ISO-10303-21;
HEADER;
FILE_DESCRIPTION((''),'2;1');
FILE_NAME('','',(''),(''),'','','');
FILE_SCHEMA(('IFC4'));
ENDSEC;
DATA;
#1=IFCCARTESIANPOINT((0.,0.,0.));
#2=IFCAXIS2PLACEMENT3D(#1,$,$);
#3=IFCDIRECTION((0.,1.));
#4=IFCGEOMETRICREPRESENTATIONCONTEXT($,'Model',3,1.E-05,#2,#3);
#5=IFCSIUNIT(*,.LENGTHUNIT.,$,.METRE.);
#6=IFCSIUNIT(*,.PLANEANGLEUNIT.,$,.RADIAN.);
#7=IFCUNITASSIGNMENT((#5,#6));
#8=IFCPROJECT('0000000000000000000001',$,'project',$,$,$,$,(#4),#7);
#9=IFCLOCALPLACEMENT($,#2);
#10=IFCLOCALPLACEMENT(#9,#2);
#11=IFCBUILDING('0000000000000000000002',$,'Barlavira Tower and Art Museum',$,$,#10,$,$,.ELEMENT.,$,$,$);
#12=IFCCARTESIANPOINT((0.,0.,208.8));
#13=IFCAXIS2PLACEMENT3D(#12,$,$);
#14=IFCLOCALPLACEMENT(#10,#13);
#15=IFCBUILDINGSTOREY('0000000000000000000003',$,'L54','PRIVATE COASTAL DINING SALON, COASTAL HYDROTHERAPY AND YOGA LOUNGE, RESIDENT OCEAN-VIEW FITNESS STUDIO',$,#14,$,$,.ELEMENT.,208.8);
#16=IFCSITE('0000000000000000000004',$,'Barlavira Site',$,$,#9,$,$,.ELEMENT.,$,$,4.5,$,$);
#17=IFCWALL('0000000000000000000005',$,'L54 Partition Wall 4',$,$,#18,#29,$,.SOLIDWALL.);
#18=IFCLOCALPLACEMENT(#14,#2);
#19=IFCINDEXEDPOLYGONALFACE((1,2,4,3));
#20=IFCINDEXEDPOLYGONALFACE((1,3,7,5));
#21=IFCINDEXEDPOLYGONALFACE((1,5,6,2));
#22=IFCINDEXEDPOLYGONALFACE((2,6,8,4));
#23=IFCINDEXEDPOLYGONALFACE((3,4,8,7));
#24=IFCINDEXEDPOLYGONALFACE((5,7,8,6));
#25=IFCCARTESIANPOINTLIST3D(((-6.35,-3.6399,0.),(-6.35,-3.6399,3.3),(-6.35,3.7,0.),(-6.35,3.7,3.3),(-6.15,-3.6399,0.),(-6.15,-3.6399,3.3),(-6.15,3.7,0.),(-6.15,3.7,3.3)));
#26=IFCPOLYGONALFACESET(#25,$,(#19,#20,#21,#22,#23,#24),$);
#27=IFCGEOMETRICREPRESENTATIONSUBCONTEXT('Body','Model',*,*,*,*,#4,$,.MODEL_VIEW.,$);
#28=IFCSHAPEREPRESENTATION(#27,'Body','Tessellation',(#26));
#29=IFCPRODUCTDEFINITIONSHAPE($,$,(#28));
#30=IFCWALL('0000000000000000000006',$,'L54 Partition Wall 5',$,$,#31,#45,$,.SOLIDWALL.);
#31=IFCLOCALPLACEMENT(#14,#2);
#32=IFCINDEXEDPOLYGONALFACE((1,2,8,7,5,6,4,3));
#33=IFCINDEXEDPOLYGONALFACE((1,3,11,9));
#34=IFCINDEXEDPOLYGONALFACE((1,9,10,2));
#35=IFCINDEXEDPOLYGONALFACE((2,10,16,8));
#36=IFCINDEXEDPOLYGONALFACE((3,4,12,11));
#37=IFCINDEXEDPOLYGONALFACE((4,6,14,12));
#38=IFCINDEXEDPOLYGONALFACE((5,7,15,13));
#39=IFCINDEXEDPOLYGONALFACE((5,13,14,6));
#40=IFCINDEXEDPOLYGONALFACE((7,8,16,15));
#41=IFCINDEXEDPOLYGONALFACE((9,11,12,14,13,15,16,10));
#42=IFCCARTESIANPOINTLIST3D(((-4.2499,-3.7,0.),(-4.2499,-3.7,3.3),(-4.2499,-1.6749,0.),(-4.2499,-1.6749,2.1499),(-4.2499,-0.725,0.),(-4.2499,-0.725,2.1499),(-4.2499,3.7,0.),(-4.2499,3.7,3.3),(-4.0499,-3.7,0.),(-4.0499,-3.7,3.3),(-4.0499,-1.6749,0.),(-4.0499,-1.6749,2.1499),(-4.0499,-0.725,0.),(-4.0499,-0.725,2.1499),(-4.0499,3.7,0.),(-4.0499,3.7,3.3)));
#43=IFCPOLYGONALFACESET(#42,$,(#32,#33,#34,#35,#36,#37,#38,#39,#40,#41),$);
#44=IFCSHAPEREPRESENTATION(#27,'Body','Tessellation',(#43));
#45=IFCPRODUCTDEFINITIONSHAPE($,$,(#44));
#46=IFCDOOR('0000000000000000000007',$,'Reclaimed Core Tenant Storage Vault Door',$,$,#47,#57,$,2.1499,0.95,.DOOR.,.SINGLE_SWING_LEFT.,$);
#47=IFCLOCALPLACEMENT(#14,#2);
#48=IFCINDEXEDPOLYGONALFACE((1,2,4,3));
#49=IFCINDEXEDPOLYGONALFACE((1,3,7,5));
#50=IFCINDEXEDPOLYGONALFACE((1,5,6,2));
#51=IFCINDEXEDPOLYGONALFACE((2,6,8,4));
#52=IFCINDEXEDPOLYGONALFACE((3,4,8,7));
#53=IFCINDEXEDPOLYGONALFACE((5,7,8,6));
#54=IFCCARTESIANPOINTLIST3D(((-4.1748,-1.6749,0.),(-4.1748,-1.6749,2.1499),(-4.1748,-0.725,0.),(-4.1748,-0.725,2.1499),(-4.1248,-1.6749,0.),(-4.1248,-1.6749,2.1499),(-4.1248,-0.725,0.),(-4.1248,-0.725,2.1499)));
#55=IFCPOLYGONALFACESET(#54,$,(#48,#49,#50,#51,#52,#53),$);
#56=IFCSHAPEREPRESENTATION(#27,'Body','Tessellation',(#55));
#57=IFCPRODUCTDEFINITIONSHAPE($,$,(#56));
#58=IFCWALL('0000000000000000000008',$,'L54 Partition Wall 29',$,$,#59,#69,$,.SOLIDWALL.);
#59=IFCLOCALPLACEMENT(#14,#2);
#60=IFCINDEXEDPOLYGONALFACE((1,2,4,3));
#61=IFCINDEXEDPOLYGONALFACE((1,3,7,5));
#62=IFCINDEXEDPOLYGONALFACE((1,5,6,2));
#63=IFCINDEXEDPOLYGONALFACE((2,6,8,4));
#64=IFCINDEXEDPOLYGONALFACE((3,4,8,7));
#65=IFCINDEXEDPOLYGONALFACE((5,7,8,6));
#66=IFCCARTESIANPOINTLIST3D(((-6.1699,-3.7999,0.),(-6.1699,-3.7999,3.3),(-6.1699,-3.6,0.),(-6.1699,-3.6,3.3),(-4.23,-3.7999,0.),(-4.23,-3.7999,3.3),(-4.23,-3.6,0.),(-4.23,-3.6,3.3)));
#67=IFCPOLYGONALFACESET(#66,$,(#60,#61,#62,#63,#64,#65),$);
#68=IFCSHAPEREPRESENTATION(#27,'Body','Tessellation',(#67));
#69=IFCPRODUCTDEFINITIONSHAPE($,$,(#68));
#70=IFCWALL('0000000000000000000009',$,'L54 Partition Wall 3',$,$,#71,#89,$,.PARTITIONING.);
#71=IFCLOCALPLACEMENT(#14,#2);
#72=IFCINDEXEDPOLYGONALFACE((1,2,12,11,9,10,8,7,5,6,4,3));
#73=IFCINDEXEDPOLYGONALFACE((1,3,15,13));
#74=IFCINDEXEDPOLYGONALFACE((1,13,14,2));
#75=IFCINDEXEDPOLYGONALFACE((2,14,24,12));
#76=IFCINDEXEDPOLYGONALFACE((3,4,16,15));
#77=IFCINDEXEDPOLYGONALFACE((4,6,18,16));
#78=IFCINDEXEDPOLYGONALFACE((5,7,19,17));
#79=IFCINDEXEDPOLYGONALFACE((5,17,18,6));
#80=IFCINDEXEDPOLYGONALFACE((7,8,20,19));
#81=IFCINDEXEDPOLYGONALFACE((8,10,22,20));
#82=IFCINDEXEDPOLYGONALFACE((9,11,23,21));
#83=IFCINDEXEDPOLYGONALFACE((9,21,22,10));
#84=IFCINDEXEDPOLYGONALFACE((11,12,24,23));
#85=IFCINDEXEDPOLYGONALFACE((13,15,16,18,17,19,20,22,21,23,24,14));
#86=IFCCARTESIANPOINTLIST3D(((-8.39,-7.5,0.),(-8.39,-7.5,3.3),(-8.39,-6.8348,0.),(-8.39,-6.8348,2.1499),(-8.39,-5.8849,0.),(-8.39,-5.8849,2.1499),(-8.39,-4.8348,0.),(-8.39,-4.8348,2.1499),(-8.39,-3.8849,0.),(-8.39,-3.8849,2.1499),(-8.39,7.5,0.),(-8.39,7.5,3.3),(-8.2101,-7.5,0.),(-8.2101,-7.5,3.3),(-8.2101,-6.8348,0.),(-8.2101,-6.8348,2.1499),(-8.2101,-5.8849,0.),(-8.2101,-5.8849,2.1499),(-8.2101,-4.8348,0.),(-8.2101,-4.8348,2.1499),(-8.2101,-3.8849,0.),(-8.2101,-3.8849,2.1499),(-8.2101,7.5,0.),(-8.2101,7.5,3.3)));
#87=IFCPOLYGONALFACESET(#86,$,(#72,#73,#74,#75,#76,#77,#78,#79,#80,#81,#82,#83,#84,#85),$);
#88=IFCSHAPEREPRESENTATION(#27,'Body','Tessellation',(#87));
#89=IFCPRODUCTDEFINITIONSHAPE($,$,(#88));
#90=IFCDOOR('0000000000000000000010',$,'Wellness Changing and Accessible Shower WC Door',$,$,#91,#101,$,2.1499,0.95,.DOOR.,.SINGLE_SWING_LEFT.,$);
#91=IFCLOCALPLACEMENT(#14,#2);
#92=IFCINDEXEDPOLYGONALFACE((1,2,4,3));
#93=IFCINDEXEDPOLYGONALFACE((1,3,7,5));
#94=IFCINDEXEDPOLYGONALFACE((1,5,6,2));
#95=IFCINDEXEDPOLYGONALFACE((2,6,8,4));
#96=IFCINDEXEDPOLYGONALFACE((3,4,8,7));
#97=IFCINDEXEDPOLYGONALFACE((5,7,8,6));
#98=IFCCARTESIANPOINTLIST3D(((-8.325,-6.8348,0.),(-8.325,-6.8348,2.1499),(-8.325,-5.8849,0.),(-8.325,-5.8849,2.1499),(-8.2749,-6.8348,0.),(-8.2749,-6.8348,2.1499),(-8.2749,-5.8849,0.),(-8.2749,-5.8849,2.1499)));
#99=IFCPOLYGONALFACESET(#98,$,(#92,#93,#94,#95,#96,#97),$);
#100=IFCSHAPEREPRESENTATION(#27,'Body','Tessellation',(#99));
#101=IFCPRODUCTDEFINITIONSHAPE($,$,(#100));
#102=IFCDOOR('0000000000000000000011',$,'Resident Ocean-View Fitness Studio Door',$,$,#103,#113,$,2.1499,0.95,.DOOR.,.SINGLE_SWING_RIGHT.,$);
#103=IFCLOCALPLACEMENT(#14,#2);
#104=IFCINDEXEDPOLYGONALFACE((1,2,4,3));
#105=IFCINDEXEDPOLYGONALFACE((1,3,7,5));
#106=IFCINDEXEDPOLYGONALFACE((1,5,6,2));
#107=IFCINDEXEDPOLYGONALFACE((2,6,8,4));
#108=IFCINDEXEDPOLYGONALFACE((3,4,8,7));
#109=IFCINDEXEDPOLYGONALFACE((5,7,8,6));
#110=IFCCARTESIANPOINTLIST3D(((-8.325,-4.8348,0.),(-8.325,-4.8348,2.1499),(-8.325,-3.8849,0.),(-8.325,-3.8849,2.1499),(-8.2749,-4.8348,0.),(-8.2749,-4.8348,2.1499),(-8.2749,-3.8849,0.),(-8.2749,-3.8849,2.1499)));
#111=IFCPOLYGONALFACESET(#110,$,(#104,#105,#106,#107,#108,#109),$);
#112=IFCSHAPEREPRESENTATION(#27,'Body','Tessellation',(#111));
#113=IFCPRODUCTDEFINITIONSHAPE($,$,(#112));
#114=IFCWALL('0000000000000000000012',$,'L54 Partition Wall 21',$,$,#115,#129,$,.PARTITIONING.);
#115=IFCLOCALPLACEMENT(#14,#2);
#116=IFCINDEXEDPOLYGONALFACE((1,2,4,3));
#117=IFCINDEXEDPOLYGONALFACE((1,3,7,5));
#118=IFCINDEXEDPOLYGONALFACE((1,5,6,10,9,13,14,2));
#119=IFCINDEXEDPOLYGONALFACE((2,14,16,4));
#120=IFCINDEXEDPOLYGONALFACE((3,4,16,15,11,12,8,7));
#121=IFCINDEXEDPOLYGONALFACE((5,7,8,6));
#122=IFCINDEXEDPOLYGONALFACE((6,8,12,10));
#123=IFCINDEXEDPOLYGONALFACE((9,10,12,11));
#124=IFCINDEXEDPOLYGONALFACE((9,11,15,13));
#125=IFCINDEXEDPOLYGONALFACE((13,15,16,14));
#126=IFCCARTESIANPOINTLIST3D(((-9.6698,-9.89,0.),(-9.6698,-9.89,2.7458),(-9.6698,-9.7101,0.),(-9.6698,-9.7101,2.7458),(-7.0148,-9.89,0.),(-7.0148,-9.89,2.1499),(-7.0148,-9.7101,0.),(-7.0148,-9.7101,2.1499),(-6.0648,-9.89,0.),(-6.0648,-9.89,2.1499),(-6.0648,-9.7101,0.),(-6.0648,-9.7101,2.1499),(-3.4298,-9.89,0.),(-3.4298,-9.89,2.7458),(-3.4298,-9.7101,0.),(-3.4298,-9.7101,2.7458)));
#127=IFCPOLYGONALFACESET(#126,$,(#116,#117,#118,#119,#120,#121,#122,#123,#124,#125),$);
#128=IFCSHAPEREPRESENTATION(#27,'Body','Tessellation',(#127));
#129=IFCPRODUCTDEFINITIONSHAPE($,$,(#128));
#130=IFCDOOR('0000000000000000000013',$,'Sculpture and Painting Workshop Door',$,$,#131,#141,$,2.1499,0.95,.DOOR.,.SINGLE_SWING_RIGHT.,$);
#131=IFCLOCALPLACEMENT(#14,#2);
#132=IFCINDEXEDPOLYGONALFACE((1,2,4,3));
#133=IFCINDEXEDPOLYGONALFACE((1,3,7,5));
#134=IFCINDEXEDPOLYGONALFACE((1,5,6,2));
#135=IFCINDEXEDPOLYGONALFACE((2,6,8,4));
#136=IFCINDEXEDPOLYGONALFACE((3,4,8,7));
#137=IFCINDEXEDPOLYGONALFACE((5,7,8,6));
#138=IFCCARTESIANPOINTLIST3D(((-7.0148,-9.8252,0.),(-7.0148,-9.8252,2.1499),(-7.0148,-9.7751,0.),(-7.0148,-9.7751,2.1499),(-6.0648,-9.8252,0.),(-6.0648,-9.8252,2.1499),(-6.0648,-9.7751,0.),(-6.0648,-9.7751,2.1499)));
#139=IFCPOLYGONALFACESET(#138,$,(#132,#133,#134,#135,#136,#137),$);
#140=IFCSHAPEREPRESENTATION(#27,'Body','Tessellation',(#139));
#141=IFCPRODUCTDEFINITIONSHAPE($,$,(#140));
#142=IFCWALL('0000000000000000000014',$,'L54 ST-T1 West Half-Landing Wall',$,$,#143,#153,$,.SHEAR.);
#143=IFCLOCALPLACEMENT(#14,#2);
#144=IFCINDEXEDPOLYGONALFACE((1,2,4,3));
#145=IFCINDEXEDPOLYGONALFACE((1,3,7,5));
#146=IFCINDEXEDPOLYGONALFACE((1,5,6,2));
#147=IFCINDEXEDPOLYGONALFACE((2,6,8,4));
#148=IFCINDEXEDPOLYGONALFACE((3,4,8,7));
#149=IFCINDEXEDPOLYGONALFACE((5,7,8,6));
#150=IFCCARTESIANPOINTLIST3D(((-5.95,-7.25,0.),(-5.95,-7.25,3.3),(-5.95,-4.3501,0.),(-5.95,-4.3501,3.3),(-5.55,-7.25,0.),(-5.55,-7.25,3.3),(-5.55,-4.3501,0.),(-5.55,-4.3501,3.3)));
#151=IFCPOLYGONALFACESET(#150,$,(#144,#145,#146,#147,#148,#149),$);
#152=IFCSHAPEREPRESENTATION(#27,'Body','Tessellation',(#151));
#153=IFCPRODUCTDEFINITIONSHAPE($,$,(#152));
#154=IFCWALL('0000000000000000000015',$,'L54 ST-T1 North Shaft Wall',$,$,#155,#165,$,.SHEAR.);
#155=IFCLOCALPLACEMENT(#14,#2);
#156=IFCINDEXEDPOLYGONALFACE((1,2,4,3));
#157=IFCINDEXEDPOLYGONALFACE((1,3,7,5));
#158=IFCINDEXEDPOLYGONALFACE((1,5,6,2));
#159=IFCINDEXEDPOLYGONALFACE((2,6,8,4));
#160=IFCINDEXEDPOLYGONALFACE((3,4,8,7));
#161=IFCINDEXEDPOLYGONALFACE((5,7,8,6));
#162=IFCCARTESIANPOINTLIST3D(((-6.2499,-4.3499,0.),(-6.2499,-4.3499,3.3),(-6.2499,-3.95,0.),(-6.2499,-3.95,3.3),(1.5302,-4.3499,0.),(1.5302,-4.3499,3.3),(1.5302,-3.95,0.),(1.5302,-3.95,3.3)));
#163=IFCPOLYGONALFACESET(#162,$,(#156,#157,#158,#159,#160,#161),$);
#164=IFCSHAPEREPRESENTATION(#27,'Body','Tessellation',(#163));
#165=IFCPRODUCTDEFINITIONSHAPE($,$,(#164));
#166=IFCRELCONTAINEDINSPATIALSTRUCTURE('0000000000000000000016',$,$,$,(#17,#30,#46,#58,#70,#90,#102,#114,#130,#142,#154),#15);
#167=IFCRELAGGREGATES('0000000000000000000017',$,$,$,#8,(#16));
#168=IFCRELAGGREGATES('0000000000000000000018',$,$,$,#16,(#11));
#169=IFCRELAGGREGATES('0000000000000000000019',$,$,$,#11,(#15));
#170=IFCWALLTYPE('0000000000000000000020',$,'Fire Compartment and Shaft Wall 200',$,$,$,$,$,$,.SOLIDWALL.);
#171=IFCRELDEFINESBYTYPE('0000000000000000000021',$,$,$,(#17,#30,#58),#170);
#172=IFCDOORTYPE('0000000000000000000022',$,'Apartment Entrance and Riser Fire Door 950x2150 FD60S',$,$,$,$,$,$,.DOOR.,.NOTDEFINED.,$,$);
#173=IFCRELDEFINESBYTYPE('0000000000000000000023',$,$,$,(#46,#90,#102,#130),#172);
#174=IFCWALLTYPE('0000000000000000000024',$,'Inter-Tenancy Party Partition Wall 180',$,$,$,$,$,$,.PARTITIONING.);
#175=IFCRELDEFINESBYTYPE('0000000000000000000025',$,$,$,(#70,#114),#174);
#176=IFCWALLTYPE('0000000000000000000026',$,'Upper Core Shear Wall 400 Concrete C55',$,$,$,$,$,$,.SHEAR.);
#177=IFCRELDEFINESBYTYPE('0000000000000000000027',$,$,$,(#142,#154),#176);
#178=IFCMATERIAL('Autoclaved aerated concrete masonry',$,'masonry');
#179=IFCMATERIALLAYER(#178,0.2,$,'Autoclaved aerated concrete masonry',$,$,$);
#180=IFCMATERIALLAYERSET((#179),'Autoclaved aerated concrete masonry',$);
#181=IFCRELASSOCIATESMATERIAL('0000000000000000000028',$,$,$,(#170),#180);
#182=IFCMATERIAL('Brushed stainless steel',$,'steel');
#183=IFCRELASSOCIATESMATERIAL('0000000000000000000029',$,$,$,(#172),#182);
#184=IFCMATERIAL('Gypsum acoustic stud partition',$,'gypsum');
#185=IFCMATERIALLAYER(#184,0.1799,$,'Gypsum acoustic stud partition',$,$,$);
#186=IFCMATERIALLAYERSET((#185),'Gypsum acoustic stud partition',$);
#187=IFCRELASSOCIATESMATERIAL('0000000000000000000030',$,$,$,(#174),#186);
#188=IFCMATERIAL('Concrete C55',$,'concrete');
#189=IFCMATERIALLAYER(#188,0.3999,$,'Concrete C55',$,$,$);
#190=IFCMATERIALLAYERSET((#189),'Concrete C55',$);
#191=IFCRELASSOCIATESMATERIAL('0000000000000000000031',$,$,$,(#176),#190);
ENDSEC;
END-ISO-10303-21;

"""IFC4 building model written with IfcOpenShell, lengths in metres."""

from ifc_helpers import new_model, si_unit, direction, frame, frame_2d, origin, place, context, subcontext, project, spatial, rectangle, extrude, material, layer, layer_set, type_object, element, fill, save


model = new_model("IFC4")

# Units and contexts
model_context = context("Model", 3, precision=1e-05, world=origin(), true_north=direction((0.0, 1.0)))
body_context = subcontext(model_context, "Body", "Model", "MODEL_VIEW")
ifc_project = project(units=[si_unit("LENGTHUNIT", "METRE"), si_unit("PLANEANGLEUNIT", "RADIAN")], contexts=[model_context])

# Site, building, storey
site_placement = place(None, origin())
site = spatial("IfcSite", under=ifc_project, at=site_placement, Name="Barlavira Site", CompositionType="ELEMENT", RefElevation=4.5)
building_placement = place(site_placement, origin())
building = spatial("IfcBuilding", under=site, at=building_placement, Name="Barlavira Tower and Art Museum", CompositionType="ELEMENT")
storey_placement = place(building_placement, frame((0.0, 0.0, 208.8)))
storey = spatial("IfcBuildingStorey", under=building, at=storey_placement, Name="L54", Description="PRIVATE COASTAL DINING SALON, COASTAL HYDROTHERAPY AND YOGA LOUNGE, RESIDENT OCEAN-VIEW FITNESS STUDIO", CompositionType="ELEMENT", Elevation=208.8)

# Wall
ifc_material_1 = material(Name="Autoclaved aerated concrete masonry", Category="masonry")
ifc_layer_1 = layer(ifc_material_1, 0.2, Name="Autoclaved aerated concrete masonry")
ifc_layer_set_1 = layer_set([ifc_layer_1], Name="Autoclaved aerated concrete masonry")
wall_type_1 = type_object("IfcWallType", Name="Fire Compartment and Shaft Wall 200", PredefinedType="SOLIDWALL", material=ifc_layer_set_1)
wall_1_placement = place(storey_placement, frame((-6.25, -3.6399, 0.0), z_axis=(0.0, 0.0, 1.0), x_axis=(0.0, 1.0, 0.0)))
element("IfcWall", 1, at=wall_1_placement, inside=storey, type_object=wall_type_1, Name="L54 Partition Wall 4", PredefinedType="SOLIDWALL", context=body_context, shape_type="SweptSolid", body=[
    extrude(rectangle(XDim=7.3398, YDim=0.2, at=frame_2d((3.6699, 0.0))), origin(), (0.0, 0.0, 1.0), 3.3),
])

# Wall, opening, door
wall_2_placement = place(storey_placement, frame((-4.1499, -3.7, 0.0), z_axis=(0.0, 0.0, 1.0), x_axis=(0.0, 1.0, 0.0)))
wall_2 = element("IfcWall", 2, at=wall_2_placement, inside=storey, type_object=wall_type_1, Name="L54 Partition Wall 5", PredefinedType="SOLIDWALL", context=body_context, shape_type="SweptSolid", body=[
    extrude(rectangle(XDim=7.3999, YDim=0.2, at=frame_2d((3.7, 0.0))), origin(), (0.0, 0.0, 1.0), 3.3),
])
opening_1_placement = place(wall_2_placement, frame((2.0249, 0.0, 0.0)))
opening_1 = element("IfcOpeningElement", 3, at=opening_1_placement, cuts=wall_2, PredefinedType="OPENING", context=body_context, shape_type="SweptSolid", body=[
    extrude(rectangle(XDim=0.95, YDim=2.1499, at=frame_2d((0.4751, 1.075))), frame((0.0, 0.1099, 0.0), z_axis=(0.0, -1.0, 0.0), x_axis=(1.0, 0.0, 0.0)), (0.0, 0.0, 1.0), 0.22),
])
ifc_material_2 = material(Name="Brushed stainless steel", Category="steel")
door_type = type_object("IfcDoorType", Name="Apartment Entrance and Riser Fire Door 950x2150 FD60S", OperationType="NOTDEFINED", PredefinedType="DOOR", material=ifc_material_2)
door_1_placement = place(opening_1_placement, origin())
door_1 = element("IfcDoor", 4, at=door_1_placement, inside=storey, type_object=door_type, Name="Reclaimed Core Tenant Storage Vault Door", OperationType="SINGLE_SWING_LEFT", OverallHeight=2.1499, OverallWidth=0.95, PredefinedType="DOOR", context=body_context, shape_type="SweptSolid", body=[
    extrude(rectangle(XDim=0.95, YDim=2.1499, at=frame_2d((0.4751, 1.075))), frame((0.0, 0.0249, 0.0), z_axis=(0.0, -1.0, 0.0), x_axis=(1.0, 0.0, 0.0)), (0.0, 0.0, 1.0), 0.05),
])
fill(opening_1, door_1)

# Wall
wall_3_placement = place(storey_placement, frame((-6.1699, -3.7, 0.0), z_axis=(0.0, 0.0, 1.0), x_axis=(1.0, 0.0, 0.0)))
element("IfcWall", 5, at=wall_3_placement, inside=storey, type_object=wall_type_1, Name="L54 Partition Wall 29", PredefinedType="SOLIDWALL", context=body_context, shape_type="SweptSolid", body=[
    extrude(rectangle(XDim=1.9399, YDim=0.2, at=frame_2d((0.97, 0.0))), origin(), (0.0, 0.0, 1.0), 3.3),
])

# Wall, openings, doors
ifc_material_3 = material(Name="Gypsum acoustic stud partition", Category="gypsum")
ifc_layer_2 = layer(ifc_material_3, 0.1799, Name="Gypsum acoustic stud partition")
ifc_layer_set_2 = layer_set([ifc_layer_2], Name="Gypsum acoustic stud partition")
wall_type_2 = type_object("IfcWallType", Name="Inter-Tenancy Party Partition Wall 180", PredefinedType="PARTITIONING", material=ifc_layer_set_2)
wall_4_placement = place(storey_placement, frame((-8.3, -7.5, 0.0), z_axis=(0.0, 0.0, 1.0), x_axis=(0.0, 1.0, 0.0)))
wall_4 = element("IfcWall", 6, at=wall_4_placement, inside=storey, type_object=wall_type_2, Name="L54 Partition Wall 3", PredefinedType="PARTITIONING", context=body_context, shape_type="SweptSolid", body=[
    extrude(rectangle(XDim=15.0, YDim=0.1799, at=frame_2d((7.5, 0.0))), origin(), (0.0, 0.0, 1.0), 3.3),
])
opening_2_placement = place(wall_4_placement, frame((0.665, 0.0, 0.0)))
opening_2 = element("IfcOpeningElement", 7, at=opening_2_placement, cuts=wall_4, PredefinedType="OPENING", context=body_context, shape_type="SweptSolid", body=[
    extrude(rectangle(XDim=0.95, YDim=2.1499, at=frame_2d((0.4751, 1.075))), frame((0.0, 0.1001, 0.0), z_axis=(0.0, -1.0, 0.0), x_axis=(1.0, 0.0, 0.0)), (0.0, 0.0, 1.0), 0.2),
])
opening_3_placement = place(wall_4_placement, frame((2.665, 0.0, 0.0)))
opening_3 = element("IfcOpeningElement", 8, at=opening_3_placement, cuts=wall_4, PredefinedType="OPENING", context=body_context, shape_type="SweptSolid", body=[
    extrude(rectangle(XDim=0.95, YDim=2.1499, at=frame_2d((0.4751, 1.075))), frame((0.0, 0.1001, 0.0), z_axis=(0.0, -1.0, 0.0), x_axis=(1.0, 0.0, 0.0)), (0.0, 0.0, 1.0), 0.2),
])
door_2_placement = place(opening_2_placement, origin())
door_2 = element("IfcDoor", 9, at=door_2_placement, inside=storey, type_object=door_type, Name="Wellness Changing and Accessible Shower WC Door", OperationType="SINGLE_SWING_LEFT", OverallHeight=2.1499, OverallWidth=0.95, PredefinedType="DOOR", context=body_context, shape_type="SweptSolid", body=[
    extrude(rectangle(XDim=0.95, YDim=2.1499, at=frame_2d((0.4751, 1.075))), frame((0.0, 0.0249, 0.0), z_axis=(0.0, -1.0, 0.0), x_axis=(1.0, 0.0, 0.0)), (0.0, 0.0, 1.0), 0.05),
])
fill(opening_2, door_2)
door_3_placement = place(opening_3_placement, origin())
door_3 = element("IfcDoor", 10, at=door_3_placement, inside=storey, type_object=door_type, Name="Resident Ocean-View Fitness Studio Door", OperationType="SINGLE_SWING_RIGHT", OverallHeight=2.1499, OverallWidth=0.95, PredefinedType="DOOR", context=body_context, shape_type="SweptSolid", body=[
    extrude(rectangle(XDim=0.95, YDim=2.1499, at=frame_2d((0.4751, 1.075))), frame((0.0, 0.0249, 0.0), z_axis=(0.0, -1.0, 0.0), x_axis=(1.0, 0.0, 0.0)), (0.0, 0.0, 1.0), 0.05),
])
fill(opening_3, door_3)

# Wall, opening, door
wall_5_placement = place(storey_placement, frame((-9.6699, -9.8, 0.0), z_axis=(0.0, 0.0, 1.0), x_axis=(1.0, 0.0, 0.0)))
wall_5 = element("IfcWall", 11, at=wall_5_placement, inside=storey, type_object=wall_type_2, Name="L54 Partition Wall 21", PredefinedType="PARTITIONING", context=body_context, shape_type="SweptSolid", body=[
    extrude(rectangle(XDim=6.24, YDim=0.1799, at=frame_2d((3.1201, 0.0))), origin(), (0.0, 0.0, 1.0), 2.7458),
])
opening_4_placement = place(wall_5_placement, frame((2.655, 0.0, 0.0)))
opening_4 = element("IfcOpeningElement", 12, at=opening_4_placement, cuts=wall_5, PredefinedType="OPENING", context=body_context, shape_type="SweptSolid", body=[
    extrude(rectangle(XDim=0.95, YDim=2.1499, at=frame_2d((0.4751, 1.075))), frame((0.0, 0.1001, 0.0), z_axis=(0.0, -1.0, 0.0), x_axis=(1.0, 0.0, 0.0)), (0.0, 0.0, 1.0), 0.2),
])
door_4_placement = place(opening_4_placement, origin())
door_4 = element("IfcDoor", 13, at=door_4_placement, inside=storey, type_object=door_type, Name="Sculpture and Painting Workshop Door", OperationType="SINGLE_SWING_RIGHT", OverallHeight=2.1499, OverallWidth=0.95, PredefinedType="DOOR", context=body_context, shape_type="SweptSolid", body=[
    extrude(rectangle(XDim=0.95, YDim=2.1499, at=frame_2d((0.4751, 1.075))), frame((0.0, 0.0249, 0.0), z_axis=(0.0, -1.0, 0.0), x_axis=(1.0, 0.0, 0.0)), (0.0, 0.0, 1.0), 0.05),
])
fill(opening_4, door_4)

# Walls
ifc_material_4 = material(Name="Concrete C55", Category="concrete")
ifc_layer_3 = layer(ifc_material_4, 0.3999, Name="Concrete C55")
ifc_layer_set_3 = layer_set([ifc_layer_3], Name="Concrete C55")
wall_type_3 = type_object("IfcWallType", Name="Upper Core Shear Wall 400 Concrete C55", PredefinedType="SHEAR", material=ifc_layer_set_3)
wall_6_placement = place(storey_placement, frame((-5.75, -7.25, 0.0), z_axis=(0.0, 0.0, 1.0), x_axis=(0.0, 1.0, 0.0)))
element("IfcWall", 14, at=wall_6_placement, inside=storey, type_object=wall_type_3, Name="L54 ST-T1 West Half-Landing Wall", PredefinedType="SHEAR", context=body_context, shape_type="SweptSolid", body=[
    extrude(rectangle(XDim=2.8999, YDim=0.3999, at=frame_2d((1.45, 0.0))), origin(), (0.0, 0.0, 1.0), 3.3),
])
wall_7_placement = place(storey_placement, frame((-6.25, -4.1499, 0.0), z_axis=(0.0, 0.0, 1.0), x_axis=(1.0, 0.0, 0.0)))
element("IfcWall", 15, at=wall_7_placement, inside=storey, type_object=wall_type_3, Name="L54 ST-T1 North Shaft Wall", PredefinedType="SHEAR", context=body_context, shape_type="SweptSolid", body=[
    extrude(rectangle(XDim=7.78, YDim=0.3999, at=frame_2d((3.8901, 0.0))), origin(), (0.0, 0.0, 1.0), 3.3),
])

save(model, "model.ifc")
